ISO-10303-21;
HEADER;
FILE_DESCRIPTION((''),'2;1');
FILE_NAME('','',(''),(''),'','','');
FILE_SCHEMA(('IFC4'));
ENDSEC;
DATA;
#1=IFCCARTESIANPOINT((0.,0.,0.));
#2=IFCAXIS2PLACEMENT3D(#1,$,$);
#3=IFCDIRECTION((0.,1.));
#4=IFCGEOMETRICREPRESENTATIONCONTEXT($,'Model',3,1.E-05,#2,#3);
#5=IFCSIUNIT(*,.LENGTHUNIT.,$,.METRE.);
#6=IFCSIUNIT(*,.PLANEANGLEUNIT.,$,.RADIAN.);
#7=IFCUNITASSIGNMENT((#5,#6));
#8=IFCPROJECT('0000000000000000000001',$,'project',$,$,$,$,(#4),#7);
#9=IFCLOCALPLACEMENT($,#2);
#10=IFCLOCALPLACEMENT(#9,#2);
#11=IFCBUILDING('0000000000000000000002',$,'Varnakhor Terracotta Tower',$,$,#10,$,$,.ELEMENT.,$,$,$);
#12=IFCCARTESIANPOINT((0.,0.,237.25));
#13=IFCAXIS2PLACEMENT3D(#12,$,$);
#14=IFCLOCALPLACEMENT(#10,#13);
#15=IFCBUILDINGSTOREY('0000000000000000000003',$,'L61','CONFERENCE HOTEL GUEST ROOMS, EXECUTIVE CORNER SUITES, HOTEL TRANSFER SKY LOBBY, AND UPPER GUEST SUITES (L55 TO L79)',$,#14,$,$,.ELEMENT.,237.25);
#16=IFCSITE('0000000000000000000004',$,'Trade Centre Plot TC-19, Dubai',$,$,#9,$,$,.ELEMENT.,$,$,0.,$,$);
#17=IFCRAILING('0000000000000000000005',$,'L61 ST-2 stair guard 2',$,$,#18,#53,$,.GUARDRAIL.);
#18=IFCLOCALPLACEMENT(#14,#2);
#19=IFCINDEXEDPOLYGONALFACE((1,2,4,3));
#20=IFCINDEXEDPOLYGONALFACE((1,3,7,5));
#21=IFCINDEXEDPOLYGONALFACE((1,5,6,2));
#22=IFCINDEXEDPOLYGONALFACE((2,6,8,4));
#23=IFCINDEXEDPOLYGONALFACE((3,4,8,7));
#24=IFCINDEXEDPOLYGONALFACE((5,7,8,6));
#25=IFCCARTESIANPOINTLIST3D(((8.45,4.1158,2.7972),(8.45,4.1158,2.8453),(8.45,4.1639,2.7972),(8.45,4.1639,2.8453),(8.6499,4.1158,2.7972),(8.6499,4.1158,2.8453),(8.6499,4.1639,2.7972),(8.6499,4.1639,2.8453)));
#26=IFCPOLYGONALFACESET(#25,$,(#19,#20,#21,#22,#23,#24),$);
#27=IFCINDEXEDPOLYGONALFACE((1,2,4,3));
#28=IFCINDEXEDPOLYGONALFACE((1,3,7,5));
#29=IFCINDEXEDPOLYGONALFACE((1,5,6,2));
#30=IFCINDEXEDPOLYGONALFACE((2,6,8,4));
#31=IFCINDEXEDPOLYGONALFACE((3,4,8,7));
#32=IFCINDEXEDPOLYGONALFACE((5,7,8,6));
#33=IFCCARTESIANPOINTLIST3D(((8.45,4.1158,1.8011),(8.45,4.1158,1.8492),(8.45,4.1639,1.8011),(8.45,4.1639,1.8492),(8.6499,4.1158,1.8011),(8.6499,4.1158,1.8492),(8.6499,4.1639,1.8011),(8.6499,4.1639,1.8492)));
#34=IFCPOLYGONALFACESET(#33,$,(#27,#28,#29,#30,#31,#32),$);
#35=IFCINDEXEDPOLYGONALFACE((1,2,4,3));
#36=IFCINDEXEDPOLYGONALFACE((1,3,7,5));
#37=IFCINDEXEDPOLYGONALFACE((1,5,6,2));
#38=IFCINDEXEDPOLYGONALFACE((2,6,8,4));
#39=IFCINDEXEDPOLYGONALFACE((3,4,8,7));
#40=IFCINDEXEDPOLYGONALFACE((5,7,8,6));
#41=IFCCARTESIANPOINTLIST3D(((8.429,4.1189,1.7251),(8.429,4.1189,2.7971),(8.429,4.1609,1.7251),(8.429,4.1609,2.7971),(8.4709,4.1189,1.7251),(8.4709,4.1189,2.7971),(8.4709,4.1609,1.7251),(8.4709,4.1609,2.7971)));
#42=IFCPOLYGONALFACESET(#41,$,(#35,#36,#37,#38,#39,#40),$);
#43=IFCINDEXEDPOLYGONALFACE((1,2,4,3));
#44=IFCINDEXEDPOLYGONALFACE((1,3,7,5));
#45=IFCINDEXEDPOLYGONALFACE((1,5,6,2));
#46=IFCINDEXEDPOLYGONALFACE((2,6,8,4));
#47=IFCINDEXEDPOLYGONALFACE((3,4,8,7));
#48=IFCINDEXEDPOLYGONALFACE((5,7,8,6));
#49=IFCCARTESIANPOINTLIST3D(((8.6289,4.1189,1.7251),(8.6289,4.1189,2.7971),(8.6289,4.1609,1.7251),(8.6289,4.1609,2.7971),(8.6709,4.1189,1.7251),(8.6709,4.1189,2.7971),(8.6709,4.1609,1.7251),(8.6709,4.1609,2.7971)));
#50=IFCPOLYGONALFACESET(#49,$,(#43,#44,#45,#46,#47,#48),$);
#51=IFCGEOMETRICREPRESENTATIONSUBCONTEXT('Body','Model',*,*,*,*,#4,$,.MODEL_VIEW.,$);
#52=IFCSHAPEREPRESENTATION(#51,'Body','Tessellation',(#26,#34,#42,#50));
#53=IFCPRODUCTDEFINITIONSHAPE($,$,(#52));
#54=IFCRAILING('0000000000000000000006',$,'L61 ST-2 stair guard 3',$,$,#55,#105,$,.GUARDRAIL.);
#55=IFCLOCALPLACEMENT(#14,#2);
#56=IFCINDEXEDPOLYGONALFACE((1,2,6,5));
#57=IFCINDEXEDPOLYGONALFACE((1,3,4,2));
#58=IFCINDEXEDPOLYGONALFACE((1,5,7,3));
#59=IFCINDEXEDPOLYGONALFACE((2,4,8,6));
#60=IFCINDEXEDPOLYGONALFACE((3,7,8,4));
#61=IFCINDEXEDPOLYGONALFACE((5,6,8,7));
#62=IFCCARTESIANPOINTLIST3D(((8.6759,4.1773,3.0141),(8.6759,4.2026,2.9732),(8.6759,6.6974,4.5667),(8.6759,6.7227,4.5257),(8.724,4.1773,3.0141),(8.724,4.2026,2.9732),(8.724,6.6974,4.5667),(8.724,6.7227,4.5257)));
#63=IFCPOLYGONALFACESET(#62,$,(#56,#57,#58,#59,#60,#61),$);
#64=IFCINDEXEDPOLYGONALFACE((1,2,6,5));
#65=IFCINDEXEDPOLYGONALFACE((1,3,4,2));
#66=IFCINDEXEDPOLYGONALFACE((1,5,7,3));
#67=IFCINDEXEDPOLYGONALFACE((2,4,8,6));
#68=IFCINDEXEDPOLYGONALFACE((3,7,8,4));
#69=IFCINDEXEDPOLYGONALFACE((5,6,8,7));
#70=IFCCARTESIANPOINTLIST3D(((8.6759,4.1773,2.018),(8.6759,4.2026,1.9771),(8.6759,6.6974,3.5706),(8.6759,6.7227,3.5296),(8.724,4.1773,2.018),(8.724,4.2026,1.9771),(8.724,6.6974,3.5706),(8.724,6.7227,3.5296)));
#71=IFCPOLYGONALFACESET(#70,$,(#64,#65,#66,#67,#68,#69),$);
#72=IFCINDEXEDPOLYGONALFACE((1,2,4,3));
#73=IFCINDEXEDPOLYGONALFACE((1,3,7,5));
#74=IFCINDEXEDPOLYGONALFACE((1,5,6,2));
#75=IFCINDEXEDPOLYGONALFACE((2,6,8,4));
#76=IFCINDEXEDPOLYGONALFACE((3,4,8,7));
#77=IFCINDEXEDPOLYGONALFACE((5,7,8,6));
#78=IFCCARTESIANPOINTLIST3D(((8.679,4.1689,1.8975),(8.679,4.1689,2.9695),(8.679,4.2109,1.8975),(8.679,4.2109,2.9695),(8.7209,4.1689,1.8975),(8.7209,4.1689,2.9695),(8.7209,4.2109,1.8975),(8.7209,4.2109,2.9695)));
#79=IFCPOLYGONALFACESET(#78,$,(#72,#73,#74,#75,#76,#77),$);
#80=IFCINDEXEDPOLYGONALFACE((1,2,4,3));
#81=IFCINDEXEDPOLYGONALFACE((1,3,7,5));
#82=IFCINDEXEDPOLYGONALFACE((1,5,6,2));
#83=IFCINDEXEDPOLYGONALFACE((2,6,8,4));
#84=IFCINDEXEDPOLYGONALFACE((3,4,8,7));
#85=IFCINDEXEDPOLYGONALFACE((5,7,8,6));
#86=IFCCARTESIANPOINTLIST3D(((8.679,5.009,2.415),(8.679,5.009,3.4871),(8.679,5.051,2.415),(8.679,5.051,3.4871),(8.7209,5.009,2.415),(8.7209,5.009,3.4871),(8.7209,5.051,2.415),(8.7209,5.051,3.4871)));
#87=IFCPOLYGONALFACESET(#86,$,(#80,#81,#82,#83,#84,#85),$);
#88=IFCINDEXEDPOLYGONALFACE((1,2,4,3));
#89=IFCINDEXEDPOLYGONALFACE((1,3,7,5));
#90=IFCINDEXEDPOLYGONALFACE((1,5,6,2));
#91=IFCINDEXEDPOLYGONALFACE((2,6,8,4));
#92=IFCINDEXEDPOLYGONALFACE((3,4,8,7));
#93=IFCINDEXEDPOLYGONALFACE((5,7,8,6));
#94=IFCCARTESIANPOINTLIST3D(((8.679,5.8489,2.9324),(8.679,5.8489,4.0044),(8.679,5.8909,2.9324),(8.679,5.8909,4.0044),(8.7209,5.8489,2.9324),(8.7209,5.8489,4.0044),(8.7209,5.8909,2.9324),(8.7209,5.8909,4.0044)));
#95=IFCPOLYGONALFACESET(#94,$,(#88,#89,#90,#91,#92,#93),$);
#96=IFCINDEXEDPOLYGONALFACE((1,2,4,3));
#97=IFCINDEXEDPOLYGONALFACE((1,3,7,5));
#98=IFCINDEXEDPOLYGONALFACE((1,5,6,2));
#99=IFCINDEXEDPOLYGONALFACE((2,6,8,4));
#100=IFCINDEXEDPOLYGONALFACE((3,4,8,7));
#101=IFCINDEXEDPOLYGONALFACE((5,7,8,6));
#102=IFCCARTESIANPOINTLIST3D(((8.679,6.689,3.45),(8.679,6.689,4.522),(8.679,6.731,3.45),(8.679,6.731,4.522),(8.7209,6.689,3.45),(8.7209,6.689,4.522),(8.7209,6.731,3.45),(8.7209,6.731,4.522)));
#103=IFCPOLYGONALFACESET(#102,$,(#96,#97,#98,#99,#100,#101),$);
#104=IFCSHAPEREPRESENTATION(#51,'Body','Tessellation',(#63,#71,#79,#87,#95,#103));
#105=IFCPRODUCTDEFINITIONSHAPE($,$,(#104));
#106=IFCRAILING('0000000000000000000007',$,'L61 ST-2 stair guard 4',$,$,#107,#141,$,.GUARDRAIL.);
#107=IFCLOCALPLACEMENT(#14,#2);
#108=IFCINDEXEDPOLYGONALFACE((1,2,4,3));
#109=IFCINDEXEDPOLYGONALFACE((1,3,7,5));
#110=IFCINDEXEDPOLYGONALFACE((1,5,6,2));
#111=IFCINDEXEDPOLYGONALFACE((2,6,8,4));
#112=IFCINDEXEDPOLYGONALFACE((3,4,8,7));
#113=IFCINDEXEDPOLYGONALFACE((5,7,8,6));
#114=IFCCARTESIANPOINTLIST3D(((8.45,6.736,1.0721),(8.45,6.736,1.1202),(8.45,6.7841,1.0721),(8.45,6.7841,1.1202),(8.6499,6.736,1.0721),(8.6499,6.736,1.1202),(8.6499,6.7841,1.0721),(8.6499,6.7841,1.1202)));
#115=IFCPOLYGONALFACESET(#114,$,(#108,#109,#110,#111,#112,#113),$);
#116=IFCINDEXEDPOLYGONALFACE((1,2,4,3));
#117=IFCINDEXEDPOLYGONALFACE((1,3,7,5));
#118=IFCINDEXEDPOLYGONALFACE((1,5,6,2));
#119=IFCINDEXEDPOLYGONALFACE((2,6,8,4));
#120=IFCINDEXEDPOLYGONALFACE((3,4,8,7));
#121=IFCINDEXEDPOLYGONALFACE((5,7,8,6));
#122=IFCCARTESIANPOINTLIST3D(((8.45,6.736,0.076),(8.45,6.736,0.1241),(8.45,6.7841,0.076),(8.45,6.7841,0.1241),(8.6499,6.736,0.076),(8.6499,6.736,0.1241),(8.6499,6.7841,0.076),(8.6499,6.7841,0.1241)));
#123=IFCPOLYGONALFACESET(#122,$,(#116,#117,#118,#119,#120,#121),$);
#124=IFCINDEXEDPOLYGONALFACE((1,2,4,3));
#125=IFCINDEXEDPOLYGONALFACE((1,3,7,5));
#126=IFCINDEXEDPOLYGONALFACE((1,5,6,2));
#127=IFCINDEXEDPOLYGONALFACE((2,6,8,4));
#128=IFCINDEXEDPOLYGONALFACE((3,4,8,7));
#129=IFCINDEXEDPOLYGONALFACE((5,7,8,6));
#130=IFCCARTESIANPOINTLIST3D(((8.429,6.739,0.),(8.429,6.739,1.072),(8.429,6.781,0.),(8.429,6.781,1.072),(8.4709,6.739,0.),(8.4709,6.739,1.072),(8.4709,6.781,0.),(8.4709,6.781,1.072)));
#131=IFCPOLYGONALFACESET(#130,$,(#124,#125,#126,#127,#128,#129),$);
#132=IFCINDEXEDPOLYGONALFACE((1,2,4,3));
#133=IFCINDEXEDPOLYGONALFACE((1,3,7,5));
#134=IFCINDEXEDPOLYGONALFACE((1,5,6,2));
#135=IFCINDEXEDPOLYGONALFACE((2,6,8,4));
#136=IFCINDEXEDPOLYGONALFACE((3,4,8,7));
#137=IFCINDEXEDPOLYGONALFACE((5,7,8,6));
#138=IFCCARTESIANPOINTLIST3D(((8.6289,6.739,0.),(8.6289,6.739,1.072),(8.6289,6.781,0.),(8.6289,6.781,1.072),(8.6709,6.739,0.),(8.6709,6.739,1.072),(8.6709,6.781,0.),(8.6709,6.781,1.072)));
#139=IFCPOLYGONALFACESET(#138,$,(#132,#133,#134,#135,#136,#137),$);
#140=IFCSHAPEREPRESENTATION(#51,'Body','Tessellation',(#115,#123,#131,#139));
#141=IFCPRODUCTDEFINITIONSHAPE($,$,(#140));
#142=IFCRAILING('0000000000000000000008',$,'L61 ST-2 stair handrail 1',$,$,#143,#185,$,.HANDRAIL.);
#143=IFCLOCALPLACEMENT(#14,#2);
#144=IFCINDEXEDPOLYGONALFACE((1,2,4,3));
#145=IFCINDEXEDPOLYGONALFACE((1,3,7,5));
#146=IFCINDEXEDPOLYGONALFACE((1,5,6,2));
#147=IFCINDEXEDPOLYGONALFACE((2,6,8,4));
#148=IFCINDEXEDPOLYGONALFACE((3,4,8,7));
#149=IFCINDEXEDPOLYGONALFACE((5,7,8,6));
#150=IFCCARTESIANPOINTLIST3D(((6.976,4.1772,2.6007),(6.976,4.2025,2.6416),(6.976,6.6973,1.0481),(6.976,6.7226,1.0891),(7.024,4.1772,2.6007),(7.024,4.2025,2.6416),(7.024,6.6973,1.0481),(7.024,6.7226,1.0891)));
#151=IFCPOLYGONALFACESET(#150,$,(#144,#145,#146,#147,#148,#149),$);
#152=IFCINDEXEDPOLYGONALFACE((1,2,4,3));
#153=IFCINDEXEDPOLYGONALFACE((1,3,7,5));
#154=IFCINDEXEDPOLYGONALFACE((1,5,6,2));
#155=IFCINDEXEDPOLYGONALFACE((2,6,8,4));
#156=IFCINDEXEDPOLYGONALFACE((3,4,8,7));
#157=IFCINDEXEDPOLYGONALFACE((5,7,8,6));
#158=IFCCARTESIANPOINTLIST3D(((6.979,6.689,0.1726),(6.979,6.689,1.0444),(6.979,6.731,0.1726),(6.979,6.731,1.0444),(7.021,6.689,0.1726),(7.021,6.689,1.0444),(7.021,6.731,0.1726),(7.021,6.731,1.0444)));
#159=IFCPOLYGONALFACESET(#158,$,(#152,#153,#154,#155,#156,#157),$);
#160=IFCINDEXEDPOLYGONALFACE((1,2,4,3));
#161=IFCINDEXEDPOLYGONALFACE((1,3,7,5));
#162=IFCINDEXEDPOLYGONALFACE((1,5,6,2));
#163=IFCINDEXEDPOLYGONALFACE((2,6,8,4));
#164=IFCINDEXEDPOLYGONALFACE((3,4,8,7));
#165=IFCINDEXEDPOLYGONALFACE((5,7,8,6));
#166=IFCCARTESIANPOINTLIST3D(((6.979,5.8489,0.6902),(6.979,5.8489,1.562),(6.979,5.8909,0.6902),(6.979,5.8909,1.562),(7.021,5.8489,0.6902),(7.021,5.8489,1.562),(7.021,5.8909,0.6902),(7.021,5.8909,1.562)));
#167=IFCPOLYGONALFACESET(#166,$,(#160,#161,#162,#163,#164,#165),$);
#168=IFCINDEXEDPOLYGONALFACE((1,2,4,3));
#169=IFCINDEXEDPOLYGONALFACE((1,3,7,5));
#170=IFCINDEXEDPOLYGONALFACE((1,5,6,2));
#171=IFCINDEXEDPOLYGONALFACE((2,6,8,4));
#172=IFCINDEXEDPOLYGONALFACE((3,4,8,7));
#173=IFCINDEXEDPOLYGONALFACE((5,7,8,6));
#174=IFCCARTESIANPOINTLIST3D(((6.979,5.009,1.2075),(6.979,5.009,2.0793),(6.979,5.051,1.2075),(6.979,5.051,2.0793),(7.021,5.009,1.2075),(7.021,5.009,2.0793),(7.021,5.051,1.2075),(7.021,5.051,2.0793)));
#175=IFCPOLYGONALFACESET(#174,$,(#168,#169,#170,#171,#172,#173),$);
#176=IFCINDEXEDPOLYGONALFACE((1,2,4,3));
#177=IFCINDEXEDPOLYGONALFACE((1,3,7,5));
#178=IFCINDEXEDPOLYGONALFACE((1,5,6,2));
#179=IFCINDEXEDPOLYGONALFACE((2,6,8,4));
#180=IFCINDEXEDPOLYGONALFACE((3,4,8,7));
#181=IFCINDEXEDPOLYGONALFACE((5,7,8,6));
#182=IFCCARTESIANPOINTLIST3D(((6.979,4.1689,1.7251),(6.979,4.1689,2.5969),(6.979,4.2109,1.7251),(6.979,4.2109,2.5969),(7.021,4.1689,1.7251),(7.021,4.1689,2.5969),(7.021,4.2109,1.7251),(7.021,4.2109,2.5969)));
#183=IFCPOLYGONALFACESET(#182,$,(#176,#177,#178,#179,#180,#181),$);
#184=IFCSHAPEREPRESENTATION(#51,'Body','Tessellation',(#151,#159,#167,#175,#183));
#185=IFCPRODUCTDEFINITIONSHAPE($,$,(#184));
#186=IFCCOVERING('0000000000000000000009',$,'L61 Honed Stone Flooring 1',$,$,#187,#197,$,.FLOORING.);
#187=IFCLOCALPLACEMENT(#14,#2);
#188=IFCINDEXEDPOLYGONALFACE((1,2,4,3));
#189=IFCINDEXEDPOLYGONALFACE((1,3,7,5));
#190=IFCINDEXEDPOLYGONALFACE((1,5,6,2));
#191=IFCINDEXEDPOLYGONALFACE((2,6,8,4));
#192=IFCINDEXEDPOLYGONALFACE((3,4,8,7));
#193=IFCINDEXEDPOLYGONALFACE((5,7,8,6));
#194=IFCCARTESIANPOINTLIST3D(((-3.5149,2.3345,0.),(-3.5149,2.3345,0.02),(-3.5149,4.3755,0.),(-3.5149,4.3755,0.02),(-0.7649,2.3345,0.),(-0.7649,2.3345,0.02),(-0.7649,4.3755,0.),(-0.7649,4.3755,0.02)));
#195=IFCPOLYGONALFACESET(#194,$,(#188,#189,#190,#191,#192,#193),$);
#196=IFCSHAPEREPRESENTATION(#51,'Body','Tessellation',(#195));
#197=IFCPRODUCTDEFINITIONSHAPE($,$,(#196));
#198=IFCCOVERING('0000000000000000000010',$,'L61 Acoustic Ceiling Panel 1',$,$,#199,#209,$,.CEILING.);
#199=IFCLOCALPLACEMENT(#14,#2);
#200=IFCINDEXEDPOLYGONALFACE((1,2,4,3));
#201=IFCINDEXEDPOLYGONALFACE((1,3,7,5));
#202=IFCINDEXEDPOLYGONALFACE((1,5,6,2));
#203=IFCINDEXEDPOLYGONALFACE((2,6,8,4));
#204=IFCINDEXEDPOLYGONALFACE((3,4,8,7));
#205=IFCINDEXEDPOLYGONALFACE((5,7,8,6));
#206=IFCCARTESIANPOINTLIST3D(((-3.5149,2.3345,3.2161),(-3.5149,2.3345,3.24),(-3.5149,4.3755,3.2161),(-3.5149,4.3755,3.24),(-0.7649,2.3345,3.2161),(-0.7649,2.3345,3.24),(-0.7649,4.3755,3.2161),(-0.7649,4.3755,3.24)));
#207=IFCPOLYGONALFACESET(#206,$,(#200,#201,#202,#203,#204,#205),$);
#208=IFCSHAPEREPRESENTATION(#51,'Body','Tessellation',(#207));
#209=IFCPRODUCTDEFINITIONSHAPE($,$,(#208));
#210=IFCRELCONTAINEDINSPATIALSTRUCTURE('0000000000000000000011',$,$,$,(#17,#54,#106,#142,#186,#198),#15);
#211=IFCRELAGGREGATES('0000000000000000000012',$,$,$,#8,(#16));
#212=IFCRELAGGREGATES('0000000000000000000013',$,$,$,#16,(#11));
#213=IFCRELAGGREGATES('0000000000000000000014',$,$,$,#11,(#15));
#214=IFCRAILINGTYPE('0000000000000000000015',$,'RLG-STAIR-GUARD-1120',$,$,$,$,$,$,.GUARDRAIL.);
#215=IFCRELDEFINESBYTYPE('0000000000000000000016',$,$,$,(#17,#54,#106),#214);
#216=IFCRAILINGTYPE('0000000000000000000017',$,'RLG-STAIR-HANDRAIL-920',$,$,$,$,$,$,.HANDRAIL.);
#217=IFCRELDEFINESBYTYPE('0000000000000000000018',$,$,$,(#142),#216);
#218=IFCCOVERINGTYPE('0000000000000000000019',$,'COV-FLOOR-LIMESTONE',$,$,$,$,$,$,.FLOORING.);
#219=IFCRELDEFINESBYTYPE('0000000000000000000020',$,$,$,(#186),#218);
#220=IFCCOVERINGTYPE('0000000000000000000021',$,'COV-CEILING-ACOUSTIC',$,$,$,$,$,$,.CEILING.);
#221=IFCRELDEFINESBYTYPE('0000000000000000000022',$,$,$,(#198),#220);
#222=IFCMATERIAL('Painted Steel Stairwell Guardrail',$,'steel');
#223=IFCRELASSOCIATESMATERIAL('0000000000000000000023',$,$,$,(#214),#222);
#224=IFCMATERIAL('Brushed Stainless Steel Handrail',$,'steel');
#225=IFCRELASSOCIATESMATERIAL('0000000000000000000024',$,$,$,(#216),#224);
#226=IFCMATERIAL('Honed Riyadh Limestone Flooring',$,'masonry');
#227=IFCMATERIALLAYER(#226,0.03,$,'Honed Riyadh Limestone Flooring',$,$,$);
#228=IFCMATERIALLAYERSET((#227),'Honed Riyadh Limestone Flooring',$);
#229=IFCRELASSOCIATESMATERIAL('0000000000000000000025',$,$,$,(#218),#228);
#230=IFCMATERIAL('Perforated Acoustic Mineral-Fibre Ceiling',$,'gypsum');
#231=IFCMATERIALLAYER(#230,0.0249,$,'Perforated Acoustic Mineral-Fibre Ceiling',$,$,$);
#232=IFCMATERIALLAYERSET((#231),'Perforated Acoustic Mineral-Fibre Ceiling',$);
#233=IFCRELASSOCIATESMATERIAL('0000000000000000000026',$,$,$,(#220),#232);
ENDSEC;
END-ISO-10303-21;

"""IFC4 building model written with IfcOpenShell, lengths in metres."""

from ifc_helpers import new_model, si_unit, direction, frame, origin, origin_2d, place, context, subcontext, project, spatial, rectangle, extrude, source, transform, mapped, material, layer, layer_set, type_object, element, save


model = new_model("IFC4")

# Units and contexts
model_context = context("Model", 3, precision=1e-05, world=origin(), true_north=direction((0.0, 1.0)))
body_context = subcontext(model_context, "Body", "Model", "MODEL_VIEW")
ifc_project = project(units=[si_unit("LENGTHUNIT", "METRE"), si_unit("PLANEANGLEUNIT", "RADIAN")], contexts=[model_context])

# Site, building, storey
site_placement = place(None, origin())
site = spatial("IfcSite", under=ifc_project, at=site_placement, Name="Trade Centre Plot TC-19, Dubai", CompositionType="ELEMENT", RefElevation=0.0)
building_placement = place(site_placement, origin())
building = spatial("IfcBuilding", under=site, at=building_placement, Name="Varnakhor Terracotta Tower", CompositionType="ELEMENT")
storey_placement = place(building_placement, frame((0.0, 0.0, 237.25)))
storey = spatial("IfcBuildingStorey", under=building, at=storey_placement, Name="L61", Description="CONFERENCE HOTEL GUEST ROOMS, EXECUTIVE CORNER SUITES, HOTEL TRANSFER SKY LOBBY, AND UPPER GUEST SUITES (L55 TO L79)", CompositionType="ELEMENT", Elevation=237.25)

# Railings
ifc_material_1 = material(Name="Painted Steel Stairwell Guardrail", Category="steel")
railing_type_1 = type_object("IfcRailingType", Name="RLG-STAIR-GUARD-1120", PredefinedType="GUARDRAIL", material=ifc_material_1)
railing_1_placement = place(storey_placement, frame((8.45, 4.1399, 1.7251)))
element("IfcRailing", 1, at=railing_1_placement, inside=storey, type_object=railing_type_1, Name="L61 ST-2 stair guard 2", PredefinedType="GUARDRAIL", context=body_context, shape_type="SweptSolid", body=[
    extrude(rectangle(XDim=0.0481, YDim=0.0481, at=origin_2d()), frame((0.0, 0.0, 1.0962), z_axis=(1.0, 0.0, 0.0), x_axis=(0.0, 1.0, 0.0)), (0.0, 0.0, 1.0), 0.2),
    extrude(rectangle(XDim=0.0481, YDim=0.0481, at=origin_2d()), frame((0.0, 0.0, 0.1001), z_axis=(1.0, 0.0, 0.0), x_axis=(0.0, 1.0, 0.0)), (0.0, 0.0, 1.0), 0.2),
    extrude(rectangle(XDim=0.042, YDim=0.042, at=origin_2d()), origin(), (0.0, 0.0, 1.0), 1.072),
    extrude(rectangle(XDim=0.042, YDim=0.042, at=origin_2d()), frame((0.2, 0.0, 0.0)), (0.0, 0.0, 1.0), 1.072),
])
railing_2_placement = place(storey_placement, frame((8.7, 4.1899, 1.8975)))
element("IfcRailing", 2, at=railing_2_placement, inside=storey, type_object=railing_type_1, Name="L61 ST-2 stair guard 3", PredefinedType="GUARDRAIL", context=body_context, shape_type="SweptSolid", body=[
    extrude(rectangle(XDim=0.0481, YDim=0.0481, at=origin_2d()), frame((0.0, 0.0, 1.0962), z_axis=(0.0, 0.8514, 0.524516), x_axis=(-1.0, 0.0, 0.0)), (0.0, 0.0, 1.0), 2.96),
    extrude(rectangle(XDim=0.0481, YDim=0.0481, at=origin_2d()), frame((0.0, 0.0, 0.1001), z_axis=(0.0, 0.8514, 0.524516), x_axis=(-1.0, 0.0, 0.0)), (0.0, 0.0, 1.0), 2.96),
    extrude(rectangle(XDim=0.042, YDim=0.042, at=origin_2d()), origin(), (0.0, 0.0, 1.0), 1.072),
    extrude(rectangle(XDim=0.042, YDim=0.042, at=origin_2d()), frame((0.0, 0.8401, 0.5176)), (0.0, 0.0, 1.0), 1.072),
    extrude(rectangle(XDim=0.042, YDim=0.042, at=origin_2d()), frame((0.0, 1.6799, 1.0349)), (0.0, 0.0, 1.0), 1.072),
    extrude(rectangle(XDim=0.042, YDim=0.042, at=origin_2d()), frame((0.0, 2.52, 1.5525)), (0.0, 0.0, 1.0), 1.072),
])
railing_3_placement = place(storey_placement, frame((8.45, 6.76, 0.0)))
element("IfcRailing", 3, at=railing_3_placement, inside=storey, type_object=railing_type_1, Name="L61 ST-2 stair guard 4", PredefinedType="GUARDRAIL", context=body_context, shape_type="SweptSolid", body=[
    extrude(rectangle(XDim=0.0481, YDim=0.0481, at=origin_2d()), frame((0.0, 0.0, 1.0962), z_axis=(1.0, 0.0, 0.0), x_axis=(0.0, 1.0, 0.0)), (0.0, 0.0, 1.0), 0.2),
    extrude(rectangle(XDim=0.0481, YDim=0.0481, at=origin_2d()), frame((0.0, 0.0, 0.1001), z_axis=(1.0, 0.0, 0.0), x_axis=(0.0, 1.0, 0.0)), (0.0, 0.0, 1.0), 0.2),
    extrude(rectangle(XDim=0.042, YDim=0.042, at=origin_2d()), origin(), (0.0, 0.0, 1.0), 1.072),
    extrude(rectangle(XDim=0.042, YDim=0.042, at=origin_2d()), frame((0.2, 0.0, 0.0)), (0.0, 0.0, 1.0), 1.072),
])
ifc_material_2 = material(Name="Brushed Stainless Steel Handrail", Category="steel")
railing_type_2 = type_object("IfcRailingType", Name="RLG-STAIR-HANDRAIL-920", PredefinedType="HANDRAIL", material=ifc_material_2)
railing_4_placement = place(storey_placement, frame((7.0, 6.71, 0.1726)))
element("IfcRailing", 4, at=railing_4_placement, inside=storey, type_object=railing_type_2, Name="L61 ST-2 stair handrail 1", PredefinedType="HANDRAIL", context=body_context, shape_type="SweptSolid", body=[
    extrude(rectangle(XDim=0.0481, YDim=0.0481, at=origin_2d()), frame((0.0, 0.0, 0.896), z_axis=(0.0, -0.8514, 0.524516), x_axis=(1.0, 0.0, 0.0)), (0.0, 0.0, 1.0), 2.96),
    extrude(rectangle(XDim=0.042, YDim=0.042, at=origin_2d()), origin(), (0.0, 0.0, 1.0), 0.8718),
    extrude(rectangle(XDim=0.042, YDim=0.042, at=origin_2d()), frame((0.0, -0.8401, 0.5176)), (0.0, 0.0, 1.0), 0.8718),
    extrude(rectangle(XDim=0.042, YDim=0.042, at=origin_2d()), frame((0.0, -1.6799, 1.0349)), (0.0, 0.0, 1.0), 0.8718),
    extrude(rectangle(XDim=0.042, YDim=0.042, at=origin_2d()), frame((0.0, -2.52, 1.5525)), (0.0, 0.0, 1.0), 0.8718),
])

# Coverings
ifc_material_3 = material(Name="Honed Riyadh Limestone Flooring", Category="masonry")
ifc_layer_1 = layer(ifc_material_3, 0.03, Name="Honed Riyadh Limestone Flooring")
ifc_layer_set_1 = layer_set([ifc_layer_1], Name="Honed Riyadh Limestone Flooring")
covering_type_1 = type_object("IfcCoveringType", Name="COV-FLOOR-LIMESTONE", PredefinedType="FLOORING", material=ifc_layer_set_1)
shared_shape_1 = source(origin(), body_context, "Body", "SweptSolid", [
    extrude(rectangle(XDim=2.75, YDim=2.041, at=origin_2d()), origin(), (0.0, 0.0, 1.0), 0.02),
])
covering_1_placement = place(storey_placement, frame((-2.1399, 3.355, 0.0), z_axis=(0.0, 0.0, 1.0), x_axis=(1.0, 0.0, 0.0)))
element("IfcCovering", 5, at=covering_1_placement, inside=storey, type_object=covering_type_1, Name="L61 Honed Stone Flooring 1", PredefinedType="FLOORING", context=body_context, shape_type="MappedRepresentation", body=[
    mapped(shared_shape_1, transform((0.0, 0.0, 0.0), scale=1.0)),
])
ifc_material_4 = material(Name="Perforated Acoustic Mineral-Fibre Ceiling", Category="gypsum")
ifc_layer_2 = layer(ifc_material_4, 0.0249, Name="Perforated Acoustic Mineral-Fibre Ceiling")
ifc_layer_set_2 = layer_set([ifc_layer_2], Name="Perforated Acoustic Mineral-Fibre Ceiling")
covering_type_2 = type_object("IfcCoveringType", Name="COV-CEILING-ACOUSTIC", PredefinedType="CEILING", material=ifc_layer_set_2)
shared_shape_2 = source(origin(), body_context, "Body", "SweptSolid", [
    extrude(rectangle(XDim=2.75, YDim=2.041, at=origin_2d()), origin(), (0.0, 0.0, 1.0), 0.0239),
])
covering_2_placement = place(storey_placement, frame((-2.1399, 3.355, 3.2161), z_axis=(0.0, 0.0, 1.0), x_axis=(1.0, 0.0, 0.0)))
element("IfcCovering", 6, at=covering_2_placement, inside=storey, type_object=covering_type_2, Name="L61 Acoustic Ceiling Panel 1", PredefinedType="CEILING", context=body_context, shape_type="MappedRepresentation", body=[
    mapped(shared_shape_2, transform((0.0, 0.0, 0.0), scale=1.0)),
])

save(model, "model.ifc")
